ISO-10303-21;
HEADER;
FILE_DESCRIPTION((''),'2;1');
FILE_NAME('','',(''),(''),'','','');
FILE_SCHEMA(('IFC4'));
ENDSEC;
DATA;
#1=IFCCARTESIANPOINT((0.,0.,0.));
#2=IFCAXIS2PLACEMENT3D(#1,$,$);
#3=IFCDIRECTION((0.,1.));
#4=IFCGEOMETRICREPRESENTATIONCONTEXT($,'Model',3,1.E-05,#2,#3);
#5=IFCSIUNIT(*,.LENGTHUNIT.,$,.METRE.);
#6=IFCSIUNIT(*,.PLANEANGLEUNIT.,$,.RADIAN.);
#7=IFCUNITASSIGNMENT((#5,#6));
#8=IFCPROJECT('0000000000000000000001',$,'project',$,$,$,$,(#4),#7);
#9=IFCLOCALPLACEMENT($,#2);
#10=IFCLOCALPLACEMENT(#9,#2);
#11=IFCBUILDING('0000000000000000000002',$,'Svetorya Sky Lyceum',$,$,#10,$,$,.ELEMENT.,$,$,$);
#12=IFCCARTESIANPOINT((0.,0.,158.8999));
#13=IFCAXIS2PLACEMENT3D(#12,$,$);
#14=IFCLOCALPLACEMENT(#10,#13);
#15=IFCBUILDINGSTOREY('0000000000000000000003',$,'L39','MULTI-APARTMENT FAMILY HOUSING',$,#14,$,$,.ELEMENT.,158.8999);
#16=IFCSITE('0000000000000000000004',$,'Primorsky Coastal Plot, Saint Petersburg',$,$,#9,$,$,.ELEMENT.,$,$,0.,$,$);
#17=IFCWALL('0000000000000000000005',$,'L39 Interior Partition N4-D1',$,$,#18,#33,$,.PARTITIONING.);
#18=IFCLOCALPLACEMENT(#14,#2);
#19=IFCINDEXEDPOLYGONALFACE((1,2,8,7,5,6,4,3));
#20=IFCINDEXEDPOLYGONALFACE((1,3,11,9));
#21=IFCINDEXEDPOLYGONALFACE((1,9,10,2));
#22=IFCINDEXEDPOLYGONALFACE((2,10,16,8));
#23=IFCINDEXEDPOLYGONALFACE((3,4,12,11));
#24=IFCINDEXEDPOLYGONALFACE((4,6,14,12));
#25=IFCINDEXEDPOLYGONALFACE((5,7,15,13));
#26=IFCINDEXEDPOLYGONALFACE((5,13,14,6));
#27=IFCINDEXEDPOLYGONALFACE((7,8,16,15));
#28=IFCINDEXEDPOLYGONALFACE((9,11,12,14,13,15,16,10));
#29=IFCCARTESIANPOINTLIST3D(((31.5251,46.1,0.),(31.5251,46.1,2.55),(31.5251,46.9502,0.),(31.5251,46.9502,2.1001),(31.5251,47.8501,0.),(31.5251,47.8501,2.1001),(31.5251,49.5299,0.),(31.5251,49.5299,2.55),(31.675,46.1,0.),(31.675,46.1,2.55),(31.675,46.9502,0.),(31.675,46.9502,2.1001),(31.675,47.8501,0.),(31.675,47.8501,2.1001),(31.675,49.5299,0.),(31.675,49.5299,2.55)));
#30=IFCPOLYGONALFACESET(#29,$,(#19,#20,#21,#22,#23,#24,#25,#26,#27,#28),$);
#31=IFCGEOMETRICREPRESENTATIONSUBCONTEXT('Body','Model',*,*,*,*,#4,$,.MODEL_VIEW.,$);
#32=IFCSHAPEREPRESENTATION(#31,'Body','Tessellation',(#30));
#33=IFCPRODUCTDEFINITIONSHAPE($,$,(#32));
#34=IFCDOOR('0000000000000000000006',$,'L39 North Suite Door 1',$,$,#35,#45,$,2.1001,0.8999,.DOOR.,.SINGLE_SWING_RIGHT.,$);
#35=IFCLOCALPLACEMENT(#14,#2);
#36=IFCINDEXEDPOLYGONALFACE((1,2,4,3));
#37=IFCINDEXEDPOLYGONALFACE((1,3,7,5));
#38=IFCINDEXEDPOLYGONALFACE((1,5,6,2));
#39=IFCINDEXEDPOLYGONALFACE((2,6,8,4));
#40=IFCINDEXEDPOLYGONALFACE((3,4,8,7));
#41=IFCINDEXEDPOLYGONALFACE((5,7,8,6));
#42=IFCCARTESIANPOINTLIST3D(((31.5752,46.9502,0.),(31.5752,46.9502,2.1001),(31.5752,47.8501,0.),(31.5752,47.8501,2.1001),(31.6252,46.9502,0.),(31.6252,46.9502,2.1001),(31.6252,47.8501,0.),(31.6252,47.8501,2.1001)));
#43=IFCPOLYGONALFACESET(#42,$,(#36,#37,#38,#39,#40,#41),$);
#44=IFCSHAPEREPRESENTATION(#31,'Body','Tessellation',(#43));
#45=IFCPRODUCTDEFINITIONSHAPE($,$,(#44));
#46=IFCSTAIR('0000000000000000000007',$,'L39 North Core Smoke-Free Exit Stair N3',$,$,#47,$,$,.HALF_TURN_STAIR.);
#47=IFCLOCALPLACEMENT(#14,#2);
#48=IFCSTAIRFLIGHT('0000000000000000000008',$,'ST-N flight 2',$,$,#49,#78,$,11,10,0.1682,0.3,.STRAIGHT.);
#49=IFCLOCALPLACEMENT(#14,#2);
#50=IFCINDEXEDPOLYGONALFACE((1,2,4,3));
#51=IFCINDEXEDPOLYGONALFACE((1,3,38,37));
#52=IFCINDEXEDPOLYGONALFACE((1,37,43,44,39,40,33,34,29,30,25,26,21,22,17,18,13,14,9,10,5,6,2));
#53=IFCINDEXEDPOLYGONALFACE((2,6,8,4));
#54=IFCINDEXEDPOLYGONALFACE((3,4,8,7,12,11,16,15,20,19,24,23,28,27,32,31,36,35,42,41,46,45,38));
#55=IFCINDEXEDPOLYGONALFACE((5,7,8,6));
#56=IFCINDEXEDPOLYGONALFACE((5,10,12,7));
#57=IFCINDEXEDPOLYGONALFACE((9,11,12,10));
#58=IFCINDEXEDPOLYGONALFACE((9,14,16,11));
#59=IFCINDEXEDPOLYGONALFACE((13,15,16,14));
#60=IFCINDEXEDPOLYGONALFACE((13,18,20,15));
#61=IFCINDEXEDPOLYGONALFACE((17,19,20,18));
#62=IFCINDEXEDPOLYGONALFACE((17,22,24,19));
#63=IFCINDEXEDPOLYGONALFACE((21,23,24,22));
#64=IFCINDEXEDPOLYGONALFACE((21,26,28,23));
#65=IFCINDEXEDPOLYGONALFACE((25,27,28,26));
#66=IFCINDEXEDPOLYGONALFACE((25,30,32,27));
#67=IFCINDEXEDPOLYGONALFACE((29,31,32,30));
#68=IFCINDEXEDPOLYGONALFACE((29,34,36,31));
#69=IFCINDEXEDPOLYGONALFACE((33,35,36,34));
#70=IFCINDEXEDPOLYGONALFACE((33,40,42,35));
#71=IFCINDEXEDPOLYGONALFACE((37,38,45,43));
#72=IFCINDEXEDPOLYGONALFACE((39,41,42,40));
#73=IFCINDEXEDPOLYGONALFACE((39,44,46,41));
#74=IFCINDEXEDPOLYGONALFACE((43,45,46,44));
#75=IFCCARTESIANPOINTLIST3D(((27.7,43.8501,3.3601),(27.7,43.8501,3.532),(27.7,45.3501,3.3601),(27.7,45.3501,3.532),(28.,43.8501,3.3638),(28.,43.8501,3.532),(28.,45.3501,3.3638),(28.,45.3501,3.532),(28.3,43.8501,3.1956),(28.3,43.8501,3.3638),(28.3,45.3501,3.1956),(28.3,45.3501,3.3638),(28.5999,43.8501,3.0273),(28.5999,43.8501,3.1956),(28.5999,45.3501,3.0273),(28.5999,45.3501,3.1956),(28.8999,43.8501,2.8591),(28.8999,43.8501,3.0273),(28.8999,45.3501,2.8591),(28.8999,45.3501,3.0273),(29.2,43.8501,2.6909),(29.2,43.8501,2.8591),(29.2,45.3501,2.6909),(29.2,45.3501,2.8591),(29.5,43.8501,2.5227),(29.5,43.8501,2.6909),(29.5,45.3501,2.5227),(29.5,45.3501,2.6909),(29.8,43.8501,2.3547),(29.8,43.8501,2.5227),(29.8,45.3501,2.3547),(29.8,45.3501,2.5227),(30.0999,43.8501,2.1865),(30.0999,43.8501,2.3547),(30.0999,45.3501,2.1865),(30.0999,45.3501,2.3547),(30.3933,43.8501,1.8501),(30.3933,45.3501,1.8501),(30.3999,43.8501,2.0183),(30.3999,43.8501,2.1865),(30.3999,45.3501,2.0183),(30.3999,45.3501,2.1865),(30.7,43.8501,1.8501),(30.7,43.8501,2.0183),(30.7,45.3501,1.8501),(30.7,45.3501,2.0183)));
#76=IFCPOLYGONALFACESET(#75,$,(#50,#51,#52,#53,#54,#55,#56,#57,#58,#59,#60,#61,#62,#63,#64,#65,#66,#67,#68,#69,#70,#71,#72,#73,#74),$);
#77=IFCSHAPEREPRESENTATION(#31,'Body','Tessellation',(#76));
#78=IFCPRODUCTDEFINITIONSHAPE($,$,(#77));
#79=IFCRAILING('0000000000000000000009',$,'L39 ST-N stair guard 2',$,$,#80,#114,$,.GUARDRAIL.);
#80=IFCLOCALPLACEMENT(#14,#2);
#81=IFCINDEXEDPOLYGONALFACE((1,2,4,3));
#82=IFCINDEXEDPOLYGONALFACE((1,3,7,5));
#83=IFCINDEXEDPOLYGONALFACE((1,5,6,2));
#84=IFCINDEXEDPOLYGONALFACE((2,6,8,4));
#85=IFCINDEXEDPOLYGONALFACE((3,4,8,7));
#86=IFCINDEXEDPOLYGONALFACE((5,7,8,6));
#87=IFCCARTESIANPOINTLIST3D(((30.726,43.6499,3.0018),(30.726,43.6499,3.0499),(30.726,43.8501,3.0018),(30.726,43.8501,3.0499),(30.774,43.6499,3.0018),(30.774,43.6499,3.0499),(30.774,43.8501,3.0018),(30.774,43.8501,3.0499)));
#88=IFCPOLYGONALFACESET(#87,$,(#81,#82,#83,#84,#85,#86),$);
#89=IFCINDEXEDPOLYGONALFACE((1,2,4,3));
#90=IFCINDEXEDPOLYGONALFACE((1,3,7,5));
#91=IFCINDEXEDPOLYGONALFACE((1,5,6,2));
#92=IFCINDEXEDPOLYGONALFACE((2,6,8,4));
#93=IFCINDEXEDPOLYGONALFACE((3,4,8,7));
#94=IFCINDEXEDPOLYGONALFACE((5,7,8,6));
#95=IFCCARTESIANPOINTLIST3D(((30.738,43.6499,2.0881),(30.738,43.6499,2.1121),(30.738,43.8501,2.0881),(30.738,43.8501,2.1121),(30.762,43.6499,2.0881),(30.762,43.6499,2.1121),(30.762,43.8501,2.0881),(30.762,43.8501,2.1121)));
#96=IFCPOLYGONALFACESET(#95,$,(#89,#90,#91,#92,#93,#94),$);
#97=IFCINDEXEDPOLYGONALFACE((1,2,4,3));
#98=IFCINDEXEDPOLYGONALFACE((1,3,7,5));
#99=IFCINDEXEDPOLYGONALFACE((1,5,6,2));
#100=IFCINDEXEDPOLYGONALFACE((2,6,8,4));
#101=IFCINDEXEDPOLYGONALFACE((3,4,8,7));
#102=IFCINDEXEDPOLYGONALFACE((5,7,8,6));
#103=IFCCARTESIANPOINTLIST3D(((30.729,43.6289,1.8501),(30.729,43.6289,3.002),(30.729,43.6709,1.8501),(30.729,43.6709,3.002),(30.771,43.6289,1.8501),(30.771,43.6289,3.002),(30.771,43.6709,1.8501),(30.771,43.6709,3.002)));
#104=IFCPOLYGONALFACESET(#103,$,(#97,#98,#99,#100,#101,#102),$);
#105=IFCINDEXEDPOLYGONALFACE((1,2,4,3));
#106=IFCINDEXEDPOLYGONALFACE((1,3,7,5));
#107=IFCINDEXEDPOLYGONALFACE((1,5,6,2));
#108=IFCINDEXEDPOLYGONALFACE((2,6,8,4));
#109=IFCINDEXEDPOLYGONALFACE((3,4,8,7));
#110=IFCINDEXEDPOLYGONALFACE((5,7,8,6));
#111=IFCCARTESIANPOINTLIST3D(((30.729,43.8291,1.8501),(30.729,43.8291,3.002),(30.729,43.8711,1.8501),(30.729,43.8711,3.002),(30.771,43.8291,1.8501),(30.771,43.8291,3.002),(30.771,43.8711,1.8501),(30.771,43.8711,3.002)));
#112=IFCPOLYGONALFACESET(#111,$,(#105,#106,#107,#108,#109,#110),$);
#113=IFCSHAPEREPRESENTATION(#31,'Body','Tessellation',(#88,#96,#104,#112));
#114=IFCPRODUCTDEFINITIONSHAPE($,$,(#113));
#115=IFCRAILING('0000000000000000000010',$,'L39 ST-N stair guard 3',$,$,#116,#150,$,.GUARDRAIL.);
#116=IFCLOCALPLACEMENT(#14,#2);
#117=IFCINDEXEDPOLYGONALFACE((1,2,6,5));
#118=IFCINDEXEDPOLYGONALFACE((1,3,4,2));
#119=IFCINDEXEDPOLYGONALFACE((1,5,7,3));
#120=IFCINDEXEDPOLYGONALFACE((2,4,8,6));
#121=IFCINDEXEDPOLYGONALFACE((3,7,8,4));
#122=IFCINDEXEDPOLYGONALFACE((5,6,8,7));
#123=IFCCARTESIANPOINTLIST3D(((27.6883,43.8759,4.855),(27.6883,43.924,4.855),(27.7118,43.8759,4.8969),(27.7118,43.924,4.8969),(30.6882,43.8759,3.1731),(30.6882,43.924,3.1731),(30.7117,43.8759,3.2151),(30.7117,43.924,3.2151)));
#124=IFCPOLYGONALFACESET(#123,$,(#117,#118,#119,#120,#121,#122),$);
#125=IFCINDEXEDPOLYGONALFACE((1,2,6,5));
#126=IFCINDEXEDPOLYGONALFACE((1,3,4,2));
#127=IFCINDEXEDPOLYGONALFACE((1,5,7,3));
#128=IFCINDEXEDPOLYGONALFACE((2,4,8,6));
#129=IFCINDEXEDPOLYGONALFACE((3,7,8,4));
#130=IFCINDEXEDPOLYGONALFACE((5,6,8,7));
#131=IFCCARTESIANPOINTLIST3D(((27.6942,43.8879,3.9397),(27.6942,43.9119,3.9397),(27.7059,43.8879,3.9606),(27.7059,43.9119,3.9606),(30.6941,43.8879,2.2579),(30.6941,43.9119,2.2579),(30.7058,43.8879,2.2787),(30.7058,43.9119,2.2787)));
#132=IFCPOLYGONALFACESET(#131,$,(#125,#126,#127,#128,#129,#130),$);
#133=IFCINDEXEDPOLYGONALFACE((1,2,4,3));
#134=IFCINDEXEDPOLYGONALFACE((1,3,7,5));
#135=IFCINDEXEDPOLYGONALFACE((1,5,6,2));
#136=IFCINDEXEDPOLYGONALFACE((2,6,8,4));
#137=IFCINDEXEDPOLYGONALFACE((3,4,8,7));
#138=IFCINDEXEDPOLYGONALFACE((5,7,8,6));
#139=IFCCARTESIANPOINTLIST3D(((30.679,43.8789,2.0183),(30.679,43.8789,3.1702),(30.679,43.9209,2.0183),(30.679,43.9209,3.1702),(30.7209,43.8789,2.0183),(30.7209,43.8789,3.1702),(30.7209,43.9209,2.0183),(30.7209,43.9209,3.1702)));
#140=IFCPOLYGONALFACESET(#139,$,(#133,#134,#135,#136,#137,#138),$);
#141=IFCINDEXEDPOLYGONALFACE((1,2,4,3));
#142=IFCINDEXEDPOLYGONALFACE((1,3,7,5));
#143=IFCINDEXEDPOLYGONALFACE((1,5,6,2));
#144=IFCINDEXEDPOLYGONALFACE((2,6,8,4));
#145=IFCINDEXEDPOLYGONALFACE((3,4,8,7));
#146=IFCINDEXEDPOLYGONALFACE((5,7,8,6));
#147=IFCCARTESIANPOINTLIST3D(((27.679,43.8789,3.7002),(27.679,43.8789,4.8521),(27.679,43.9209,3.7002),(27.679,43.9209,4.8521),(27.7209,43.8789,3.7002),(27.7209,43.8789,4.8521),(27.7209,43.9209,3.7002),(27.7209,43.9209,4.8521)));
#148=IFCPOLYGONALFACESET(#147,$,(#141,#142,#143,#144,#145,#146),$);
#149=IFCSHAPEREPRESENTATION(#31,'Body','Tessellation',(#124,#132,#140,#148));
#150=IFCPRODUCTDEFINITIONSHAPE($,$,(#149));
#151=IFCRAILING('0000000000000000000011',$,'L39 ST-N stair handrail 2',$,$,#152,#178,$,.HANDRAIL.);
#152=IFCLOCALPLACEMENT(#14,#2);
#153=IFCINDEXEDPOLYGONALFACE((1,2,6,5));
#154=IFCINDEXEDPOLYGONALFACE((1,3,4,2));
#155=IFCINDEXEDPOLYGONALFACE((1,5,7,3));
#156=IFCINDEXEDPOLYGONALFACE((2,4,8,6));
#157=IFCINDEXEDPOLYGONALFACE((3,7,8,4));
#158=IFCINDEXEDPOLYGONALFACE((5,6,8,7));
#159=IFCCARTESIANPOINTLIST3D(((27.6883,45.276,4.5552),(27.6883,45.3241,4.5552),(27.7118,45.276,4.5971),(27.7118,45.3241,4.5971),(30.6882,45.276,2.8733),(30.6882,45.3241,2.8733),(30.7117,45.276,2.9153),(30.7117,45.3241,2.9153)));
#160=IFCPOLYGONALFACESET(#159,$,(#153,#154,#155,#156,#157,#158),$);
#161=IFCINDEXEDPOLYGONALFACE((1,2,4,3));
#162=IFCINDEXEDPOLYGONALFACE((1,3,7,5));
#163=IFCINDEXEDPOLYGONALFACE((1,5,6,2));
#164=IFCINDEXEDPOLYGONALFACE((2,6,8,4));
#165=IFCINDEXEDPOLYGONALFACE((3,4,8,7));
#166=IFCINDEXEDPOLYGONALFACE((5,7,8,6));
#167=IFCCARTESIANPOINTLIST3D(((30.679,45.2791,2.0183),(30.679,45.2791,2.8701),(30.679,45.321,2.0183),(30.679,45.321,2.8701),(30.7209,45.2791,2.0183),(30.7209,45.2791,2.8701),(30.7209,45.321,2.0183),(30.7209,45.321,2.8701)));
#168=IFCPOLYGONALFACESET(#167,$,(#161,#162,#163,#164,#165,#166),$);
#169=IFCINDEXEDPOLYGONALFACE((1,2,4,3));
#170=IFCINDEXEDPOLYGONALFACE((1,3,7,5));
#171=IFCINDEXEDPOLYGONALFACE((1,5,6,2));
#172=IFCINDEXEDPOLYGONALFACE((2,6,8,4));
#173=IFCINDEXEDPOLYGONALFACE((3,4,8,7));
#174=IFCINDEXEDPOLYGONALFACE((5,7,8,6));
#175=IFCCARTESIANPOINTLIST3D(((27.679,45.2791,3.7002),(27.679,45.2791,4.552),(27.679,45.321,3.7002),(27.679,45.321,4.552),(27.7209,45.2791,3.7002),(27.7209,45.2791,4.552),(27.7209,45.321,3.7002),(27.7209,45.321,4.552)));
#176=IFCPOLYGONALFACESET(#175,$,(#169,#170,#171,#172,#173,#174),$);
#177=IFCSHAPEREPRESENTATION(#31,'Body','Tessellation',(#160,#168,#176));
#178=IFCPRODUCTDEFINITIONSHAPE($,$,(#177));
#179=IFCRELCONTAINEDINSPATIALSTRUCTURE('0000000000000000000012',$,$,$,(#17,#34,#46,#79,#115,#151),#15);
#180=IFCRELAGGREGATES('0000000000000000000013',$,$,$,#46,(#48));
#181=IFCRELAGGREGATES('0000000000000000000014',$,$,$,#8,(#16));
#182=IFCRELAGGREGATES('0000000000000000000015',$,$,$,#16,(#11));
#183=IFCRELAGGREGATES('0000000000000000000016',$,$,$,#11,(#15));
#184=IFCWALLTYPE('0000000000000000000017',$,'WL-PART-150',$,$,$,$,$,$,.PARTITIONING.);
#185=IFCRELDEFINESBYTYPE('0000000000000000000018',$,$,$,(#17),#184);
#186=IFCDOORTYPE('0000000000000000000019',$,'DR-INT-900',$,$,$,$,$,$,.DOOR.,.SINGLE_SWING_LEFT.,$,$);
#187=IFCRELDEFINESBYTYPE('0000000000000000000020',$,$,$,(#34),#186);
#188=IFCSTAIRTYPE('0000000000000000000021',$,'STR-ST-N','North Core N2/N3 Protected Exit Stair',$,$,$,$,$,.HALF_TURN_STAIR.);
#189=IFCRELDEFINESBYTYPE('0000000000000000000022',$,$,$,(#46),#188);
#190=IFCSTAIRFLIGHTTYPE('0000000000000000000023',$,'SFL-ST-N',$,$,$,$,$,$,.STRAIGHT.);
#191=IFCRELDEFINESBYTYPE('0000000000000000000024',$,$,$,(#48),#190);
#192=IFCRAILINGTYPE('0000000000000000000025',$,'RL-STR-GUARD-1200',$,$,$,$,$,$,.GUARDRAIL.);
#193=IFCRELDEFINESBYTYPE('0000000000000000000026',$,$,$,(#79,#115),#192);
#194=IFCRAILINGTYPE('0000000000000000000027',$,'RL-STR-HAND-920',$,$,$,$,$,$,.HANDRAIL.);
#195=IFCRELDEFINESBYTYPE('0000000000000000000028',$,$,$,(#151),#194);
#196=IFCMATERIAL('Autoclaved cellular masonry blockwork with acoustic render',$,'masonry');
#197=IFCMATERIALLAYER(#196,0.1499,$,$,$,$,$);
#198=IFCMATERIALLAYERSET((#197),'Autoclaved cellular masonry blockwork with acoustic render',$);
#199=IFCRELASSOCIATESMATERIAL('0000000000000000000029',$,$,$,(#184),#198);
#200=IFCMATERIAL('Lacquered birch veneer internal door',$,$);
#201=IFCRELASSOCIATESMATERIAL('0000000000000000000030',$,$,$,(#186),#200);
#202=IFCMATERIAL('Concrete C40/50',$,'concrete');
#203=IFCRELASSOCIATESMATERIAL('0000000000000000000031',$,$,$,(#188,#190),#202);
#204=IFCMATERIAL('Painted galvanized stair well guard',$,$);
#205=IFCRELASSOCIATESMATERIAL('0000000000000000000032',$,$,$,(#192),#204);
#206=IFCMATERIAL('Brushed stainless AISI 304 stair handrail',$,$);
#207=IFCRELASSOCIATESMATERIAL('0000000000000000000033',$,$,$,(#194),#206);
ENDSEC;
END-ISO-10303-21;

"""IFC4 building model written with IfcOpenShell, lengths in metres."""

from ifc_helpers import new_model, si_unit, direction, frame, frame_2d, origin, origin_2d, place, context, subcontext, project, spatial, polyline, rectangle, outline, extrude, material, layer, layer_set, type_object, element, fill, aggregate, save


model = new_model("IFC4")

# Units and contexts
model_context = context("Model", 3, precision=1e-05, world=origin(), true_north=direction((0.0, 1.0)))
body_context = subcontext(model_context, "Body", "Model", "MODEL_VIEW")
ifc_project = project(units=[si_unit("LENGTHUNIT", "METRE"), si_unit("PLANEANGLEUNIT", "RADIAN")], contexts=[model_context])

# Site, building, storey
site_placement = place(None, origin())
site = spatial("IfcSite", under=ifc_project, at=site_placement, Name="Primorsky Coastal Plot, Saint Petersburg", CompositionType="ELEMENT", RefElevation=0.0)
building_placement = place(site_placement, origin())
building = spatial("IfcBuilding", under=site, at=building_placement, Name="Svetorya Sky Lyceum", CompositionType="ELEMENT")
storey_placement = place(building_placement, frame((0.0, 0.0, 158.8999)))
storey = spatial("IfcBuildingStorey", under=building, at=storey_placement, Name="L39", Description="MULTI-APARTMENT FAMILY HOUSING", CompositionType="ELEMENT", Elevation=158.8999)

# Wall, opening, door
ifc_material_1 = material(Name="Autoclaved cellular masonry blockwork with acoustic render", Category="masonry")
ifc_layer_1 = layer(ifc_material_1, 0.1499)
ifc_layer_set_1 = layer_set([ifc_layer_1], Name="Autoclaved cellular masonry blockwork with acoustic render")
wall_type = type_object("IfcWallType", Name="WL-PART-150", PredefinedType="PARTITIONING", material=ifc_layer_set_1)
wall_placement = place(storey_placement, frame((31.6001, 46.1001, 0.0), z_axis=(0.0, 0.0, 1.0), x_axis=(0.0, 1.0, 0.0)))
wall = element("IfcWall", 1, at=wall_placement, inside=storey, type_object=wall_type, Name="L39 Interior Partition N4-D1", PredefinedType="PARTITIONING", context=body_context, shape_type="SweptSolid", body=[
    extrude(rectangle(XDim=3.4299, YDim=0.1499, at=frame_2d((1.7148, 0.0))), origin(), (0.0, 0.0, 1.0), 2.55),
])
opening_placement = place(wall_placement, frame((0.8501, 0.0, 0.0)))
opening = element("IfcOpeningElement", 2, at=opening_placement, cuts=wall, PredefinedType="OPENING", context=body_context, shape_type="SweptSolid", body=[
    extrude(rectangle(XDim=0.8999, YDim=2.1001, at=frame_2d((0.45, 1.05))), frame((0.0, 0.085, 0.0), z_axis=(0.0, -1.0, 0.0), x_axis=(1.0, 0.0, 0.0)), (0.0, 0.0, 1.0), 0.1699),
])
ifc_material_2 = material(Name="Lacquered birch veneer internal door")
door_type = type_object("IfcDoorType", Name="DR-INT-900", OperationType="SINGLE_SWING_LEFT", PredefinedType="DOOR", material=ifc_material_2)
door_placement = place(opening_placement, origin())
door = element("IfcDoor", 3, at=door_placement, inside=storey, type_object=door_type, Name="L39 North Suite Door 1", OperationType="SINGLE_SWING_RIGHT", OverallHeight=2.1001, OverallWidth=0.8999, PredefinedType="DOOR", context=body_context, shape_type="SweptSolid", body=[
    extrude(rectangle(XDim=0.8999, YDim=2.1001, at=frame_2d((0.45, 1.05))), frame((0.0, 0.0249, 0.0), z_axis=(0.0, -1.0, 0.0), x_axis=(1.0, 0.0, 0.0)), (0.0, 0.0, 1.0), 0.05),
])
fill(opening, door)

# Stair, stair flight
ifc_material_3 = material(Name="Concrete C40/50", Category="concrete")
stair_type = type_object("IfcStairType", Name="STR-ST-N", Description="North Core N2/N3 Protected Exit Stair", PredefinedType="HALF_TURN_STAIR", material=ifc_material_3)
stair_placement = place(storey_placement, origin())
stair = element("IfcStair", 4, at=stair_placement, inside=storey, type_object=stair_type, Name="L39 North Core Smoke-Free Exit Stair N3", PredefinedType="HALF_TURN_STAIR")
stair_flight_type = type_object("IfcStairFlightType", Name="SFL-ST-N", PredefinedType="STRAIGHT", material=ifc_material_3)
stair_flight_placement = place(storey_placement, frame((30.7, 44.6001, 1.8501), z_axis=(0.0, 0.0, 1.0), x_axis=(-1.0, 0.0, 0.0)))
stair_flight = element("IfcStairFlight", 5, at=stair_flight_placement, type_object=stair_flight_type, Name="ST-N flight 2", NumberOfRisers=11, NumberOfTreads=10, PredefinedType="STRAIGHT", RiserHeight=0.1682, TreadLength=0.3, context=body_context, shape_type="SweptSolid", body=[
    extrude(outline(polyline([(0.0, 0.0), (0.0, 0.1682), (0.3, 0.1682), (0.3, 0.3364), (0.6001, 0.3364), (0.6001, 0.5046), (0.8999, 0.5046), (0.8999, 0.6726), (1.2, 0.6726), (1.2, 0.8408), (1.5, 0.8408), (1.5, 1.009), (1.8, 1.009), (1.8, 1.1772), (2.1001, 1.1772), (2.1001, 1.3455), (2.3999, 1.3455), (2.3999, 1.5137), (2.7, 1.5137), (2.7, 1.6819), (3.0, 1.6819), (3.0, 1.8501), (3.0, 1.51), (0.3066, 0.0), (0.0, 0.0)])), frame((0.0, 0.75, 0.0), z_axis=(0.0, -1.0, 0.0), x_axis=(1.0, 0.0, 0.0)), (0.0, 0.0, 1.0), 1.5),
])
aggregate(stair, [stair_flight])

# Railings
ifc_material_4 = material(Name="Painted galvanized stair well guard")
railing_type_1 = type_object("IfcRailingType", Name="RL-STR-GUARD-1200", PredefinedType="GUARDRAIL", material=ifc_material_4)
railing_1_placement = place(storey_placement, frame((30.75, 43.6499, 1.8501)))
element("IfcRailing", 6, at=railing_1_placement, inside=storey, type_object=railing_type_1, Name="L39 ST-N stair guard 2", PredefinedType="GUARDRAIL", context=body_context, shape_type="SweptSolid", body=[
    extrude(rectangle(XDim=0.0481, YDim=0.0481, at=origin_2d()), frame((0.0, 0.0, 1.1758), z_axis=(0.0, 1.0, 0.0), x_axis=(-1.0, 0.0, 0.0)), (0.0, 0.0, 1.0), 0.2002),
    extrude(rectangle(XDim=0.0239, YDim=0.0239, at=origin_2d()), frame((0.0, 0.0, 0.25), z_axis=(0.0, 1.0, 0.0), x_axis=(-1.0, 0.0, 0.0)), (0.0, 0.0, 1.0), 0.2002),
    extrude(rectangle(XDim=0.042, YDim=0.042, at=origin_2d()), origin(), (0.0, 0.0, 1.0), 1.1519),
    extrude(rectangle(XDim=0.042, YDim=0.042, at=origin_2d()), frame((0.0, 0.2002, 0.0)), (0.0, 0.0, 1.0), 1.1519),
])
railing_2_placement = place(storey_placement, frame((30.7, 43.8999, 2.0183)))
element("IfcRailing", 7, at=railing_2_placement, inside=storey, type_object=railing_type_1, Name="L39 ST-N stair guard 3", PredefinedType="GUARDRAIL", context=body_context, shape_type="SweptSolid", body=[
    extrude(rectangle(XDim=0.0481, YDim=0.0481, at=origin_2d()), frame((0.0, 0.0, 1.1758), z_axis=(-0.872272, 0.0, 0.48902), x_axis=(0.0, -1.0, 0.0)), (0.0, 0.0, 1.0), 3.4392),
    extrude(rectangle(XDim=0.0239, YDim=0.0239, at=origin_2d()), frame((0.0, 0.0, 0.25), z_axis=(-0.872272, 0.0, 0.48902), x_axis=(0.0, -1.0, 0.0)), (0.0, 0.0, 1.0), 3.4392),
    extrude(rectangle(XDim=0.042, YDim=0.042, at=origin_2d()), origin(), (0.0, 0.0, 1.0), 1.1519),
    extrude(rectangle(XDim=0.042, YDim=0.042, at=origin_2d()), frame((-3.0, 0.0, 1.6819)), (0.0, 0.0, 1.0), 1.1519),
])
ifc_material_5 = material(Name="Brushed stainless AISI 304 stair handrail")
railing_type_2 = type_object("IfcRailingType", Name="RL-STR-HAND-920", PredefinedType="HANDRAIL", material=ifc_material_5)
railing_3_placement = place(storey_placement, frame((30.7, 45.3, 2.0183)))
element("IfcRailing", 8, at=railing_3_placement, inside=storey, type_object=railing_type_2, Name="L39 ST-N stair handrail 2", PredefinedType="HANDRAIL", context=body_context, shape_type="SweptSolid", body=[
    extrude(rectangle(XDim=0.0481, YDim=0.0481, at=origin_2d()), frame((0.0, 0.0, 0.876), z_axis=(-0.872272, 0.0, 0.48902), x_axis=(0.0, -1.0, 0.0)), (0.0, 0.0, 1.0), 3.4392),
    extrude(rectangle(XDim=0.042, YDim=0.042, at=origin_2d()), origin(), (0.0, 0.0, 1.0), 0.8518),
    extrude(rectangle(XDim=0.042, YDim=0.042, at=origin_2d()), frame((-3.0, 0.0, 1.6819)), (0.0, 0.0, 1.0), 0.8518),
])

save(model, "model.ifc")
